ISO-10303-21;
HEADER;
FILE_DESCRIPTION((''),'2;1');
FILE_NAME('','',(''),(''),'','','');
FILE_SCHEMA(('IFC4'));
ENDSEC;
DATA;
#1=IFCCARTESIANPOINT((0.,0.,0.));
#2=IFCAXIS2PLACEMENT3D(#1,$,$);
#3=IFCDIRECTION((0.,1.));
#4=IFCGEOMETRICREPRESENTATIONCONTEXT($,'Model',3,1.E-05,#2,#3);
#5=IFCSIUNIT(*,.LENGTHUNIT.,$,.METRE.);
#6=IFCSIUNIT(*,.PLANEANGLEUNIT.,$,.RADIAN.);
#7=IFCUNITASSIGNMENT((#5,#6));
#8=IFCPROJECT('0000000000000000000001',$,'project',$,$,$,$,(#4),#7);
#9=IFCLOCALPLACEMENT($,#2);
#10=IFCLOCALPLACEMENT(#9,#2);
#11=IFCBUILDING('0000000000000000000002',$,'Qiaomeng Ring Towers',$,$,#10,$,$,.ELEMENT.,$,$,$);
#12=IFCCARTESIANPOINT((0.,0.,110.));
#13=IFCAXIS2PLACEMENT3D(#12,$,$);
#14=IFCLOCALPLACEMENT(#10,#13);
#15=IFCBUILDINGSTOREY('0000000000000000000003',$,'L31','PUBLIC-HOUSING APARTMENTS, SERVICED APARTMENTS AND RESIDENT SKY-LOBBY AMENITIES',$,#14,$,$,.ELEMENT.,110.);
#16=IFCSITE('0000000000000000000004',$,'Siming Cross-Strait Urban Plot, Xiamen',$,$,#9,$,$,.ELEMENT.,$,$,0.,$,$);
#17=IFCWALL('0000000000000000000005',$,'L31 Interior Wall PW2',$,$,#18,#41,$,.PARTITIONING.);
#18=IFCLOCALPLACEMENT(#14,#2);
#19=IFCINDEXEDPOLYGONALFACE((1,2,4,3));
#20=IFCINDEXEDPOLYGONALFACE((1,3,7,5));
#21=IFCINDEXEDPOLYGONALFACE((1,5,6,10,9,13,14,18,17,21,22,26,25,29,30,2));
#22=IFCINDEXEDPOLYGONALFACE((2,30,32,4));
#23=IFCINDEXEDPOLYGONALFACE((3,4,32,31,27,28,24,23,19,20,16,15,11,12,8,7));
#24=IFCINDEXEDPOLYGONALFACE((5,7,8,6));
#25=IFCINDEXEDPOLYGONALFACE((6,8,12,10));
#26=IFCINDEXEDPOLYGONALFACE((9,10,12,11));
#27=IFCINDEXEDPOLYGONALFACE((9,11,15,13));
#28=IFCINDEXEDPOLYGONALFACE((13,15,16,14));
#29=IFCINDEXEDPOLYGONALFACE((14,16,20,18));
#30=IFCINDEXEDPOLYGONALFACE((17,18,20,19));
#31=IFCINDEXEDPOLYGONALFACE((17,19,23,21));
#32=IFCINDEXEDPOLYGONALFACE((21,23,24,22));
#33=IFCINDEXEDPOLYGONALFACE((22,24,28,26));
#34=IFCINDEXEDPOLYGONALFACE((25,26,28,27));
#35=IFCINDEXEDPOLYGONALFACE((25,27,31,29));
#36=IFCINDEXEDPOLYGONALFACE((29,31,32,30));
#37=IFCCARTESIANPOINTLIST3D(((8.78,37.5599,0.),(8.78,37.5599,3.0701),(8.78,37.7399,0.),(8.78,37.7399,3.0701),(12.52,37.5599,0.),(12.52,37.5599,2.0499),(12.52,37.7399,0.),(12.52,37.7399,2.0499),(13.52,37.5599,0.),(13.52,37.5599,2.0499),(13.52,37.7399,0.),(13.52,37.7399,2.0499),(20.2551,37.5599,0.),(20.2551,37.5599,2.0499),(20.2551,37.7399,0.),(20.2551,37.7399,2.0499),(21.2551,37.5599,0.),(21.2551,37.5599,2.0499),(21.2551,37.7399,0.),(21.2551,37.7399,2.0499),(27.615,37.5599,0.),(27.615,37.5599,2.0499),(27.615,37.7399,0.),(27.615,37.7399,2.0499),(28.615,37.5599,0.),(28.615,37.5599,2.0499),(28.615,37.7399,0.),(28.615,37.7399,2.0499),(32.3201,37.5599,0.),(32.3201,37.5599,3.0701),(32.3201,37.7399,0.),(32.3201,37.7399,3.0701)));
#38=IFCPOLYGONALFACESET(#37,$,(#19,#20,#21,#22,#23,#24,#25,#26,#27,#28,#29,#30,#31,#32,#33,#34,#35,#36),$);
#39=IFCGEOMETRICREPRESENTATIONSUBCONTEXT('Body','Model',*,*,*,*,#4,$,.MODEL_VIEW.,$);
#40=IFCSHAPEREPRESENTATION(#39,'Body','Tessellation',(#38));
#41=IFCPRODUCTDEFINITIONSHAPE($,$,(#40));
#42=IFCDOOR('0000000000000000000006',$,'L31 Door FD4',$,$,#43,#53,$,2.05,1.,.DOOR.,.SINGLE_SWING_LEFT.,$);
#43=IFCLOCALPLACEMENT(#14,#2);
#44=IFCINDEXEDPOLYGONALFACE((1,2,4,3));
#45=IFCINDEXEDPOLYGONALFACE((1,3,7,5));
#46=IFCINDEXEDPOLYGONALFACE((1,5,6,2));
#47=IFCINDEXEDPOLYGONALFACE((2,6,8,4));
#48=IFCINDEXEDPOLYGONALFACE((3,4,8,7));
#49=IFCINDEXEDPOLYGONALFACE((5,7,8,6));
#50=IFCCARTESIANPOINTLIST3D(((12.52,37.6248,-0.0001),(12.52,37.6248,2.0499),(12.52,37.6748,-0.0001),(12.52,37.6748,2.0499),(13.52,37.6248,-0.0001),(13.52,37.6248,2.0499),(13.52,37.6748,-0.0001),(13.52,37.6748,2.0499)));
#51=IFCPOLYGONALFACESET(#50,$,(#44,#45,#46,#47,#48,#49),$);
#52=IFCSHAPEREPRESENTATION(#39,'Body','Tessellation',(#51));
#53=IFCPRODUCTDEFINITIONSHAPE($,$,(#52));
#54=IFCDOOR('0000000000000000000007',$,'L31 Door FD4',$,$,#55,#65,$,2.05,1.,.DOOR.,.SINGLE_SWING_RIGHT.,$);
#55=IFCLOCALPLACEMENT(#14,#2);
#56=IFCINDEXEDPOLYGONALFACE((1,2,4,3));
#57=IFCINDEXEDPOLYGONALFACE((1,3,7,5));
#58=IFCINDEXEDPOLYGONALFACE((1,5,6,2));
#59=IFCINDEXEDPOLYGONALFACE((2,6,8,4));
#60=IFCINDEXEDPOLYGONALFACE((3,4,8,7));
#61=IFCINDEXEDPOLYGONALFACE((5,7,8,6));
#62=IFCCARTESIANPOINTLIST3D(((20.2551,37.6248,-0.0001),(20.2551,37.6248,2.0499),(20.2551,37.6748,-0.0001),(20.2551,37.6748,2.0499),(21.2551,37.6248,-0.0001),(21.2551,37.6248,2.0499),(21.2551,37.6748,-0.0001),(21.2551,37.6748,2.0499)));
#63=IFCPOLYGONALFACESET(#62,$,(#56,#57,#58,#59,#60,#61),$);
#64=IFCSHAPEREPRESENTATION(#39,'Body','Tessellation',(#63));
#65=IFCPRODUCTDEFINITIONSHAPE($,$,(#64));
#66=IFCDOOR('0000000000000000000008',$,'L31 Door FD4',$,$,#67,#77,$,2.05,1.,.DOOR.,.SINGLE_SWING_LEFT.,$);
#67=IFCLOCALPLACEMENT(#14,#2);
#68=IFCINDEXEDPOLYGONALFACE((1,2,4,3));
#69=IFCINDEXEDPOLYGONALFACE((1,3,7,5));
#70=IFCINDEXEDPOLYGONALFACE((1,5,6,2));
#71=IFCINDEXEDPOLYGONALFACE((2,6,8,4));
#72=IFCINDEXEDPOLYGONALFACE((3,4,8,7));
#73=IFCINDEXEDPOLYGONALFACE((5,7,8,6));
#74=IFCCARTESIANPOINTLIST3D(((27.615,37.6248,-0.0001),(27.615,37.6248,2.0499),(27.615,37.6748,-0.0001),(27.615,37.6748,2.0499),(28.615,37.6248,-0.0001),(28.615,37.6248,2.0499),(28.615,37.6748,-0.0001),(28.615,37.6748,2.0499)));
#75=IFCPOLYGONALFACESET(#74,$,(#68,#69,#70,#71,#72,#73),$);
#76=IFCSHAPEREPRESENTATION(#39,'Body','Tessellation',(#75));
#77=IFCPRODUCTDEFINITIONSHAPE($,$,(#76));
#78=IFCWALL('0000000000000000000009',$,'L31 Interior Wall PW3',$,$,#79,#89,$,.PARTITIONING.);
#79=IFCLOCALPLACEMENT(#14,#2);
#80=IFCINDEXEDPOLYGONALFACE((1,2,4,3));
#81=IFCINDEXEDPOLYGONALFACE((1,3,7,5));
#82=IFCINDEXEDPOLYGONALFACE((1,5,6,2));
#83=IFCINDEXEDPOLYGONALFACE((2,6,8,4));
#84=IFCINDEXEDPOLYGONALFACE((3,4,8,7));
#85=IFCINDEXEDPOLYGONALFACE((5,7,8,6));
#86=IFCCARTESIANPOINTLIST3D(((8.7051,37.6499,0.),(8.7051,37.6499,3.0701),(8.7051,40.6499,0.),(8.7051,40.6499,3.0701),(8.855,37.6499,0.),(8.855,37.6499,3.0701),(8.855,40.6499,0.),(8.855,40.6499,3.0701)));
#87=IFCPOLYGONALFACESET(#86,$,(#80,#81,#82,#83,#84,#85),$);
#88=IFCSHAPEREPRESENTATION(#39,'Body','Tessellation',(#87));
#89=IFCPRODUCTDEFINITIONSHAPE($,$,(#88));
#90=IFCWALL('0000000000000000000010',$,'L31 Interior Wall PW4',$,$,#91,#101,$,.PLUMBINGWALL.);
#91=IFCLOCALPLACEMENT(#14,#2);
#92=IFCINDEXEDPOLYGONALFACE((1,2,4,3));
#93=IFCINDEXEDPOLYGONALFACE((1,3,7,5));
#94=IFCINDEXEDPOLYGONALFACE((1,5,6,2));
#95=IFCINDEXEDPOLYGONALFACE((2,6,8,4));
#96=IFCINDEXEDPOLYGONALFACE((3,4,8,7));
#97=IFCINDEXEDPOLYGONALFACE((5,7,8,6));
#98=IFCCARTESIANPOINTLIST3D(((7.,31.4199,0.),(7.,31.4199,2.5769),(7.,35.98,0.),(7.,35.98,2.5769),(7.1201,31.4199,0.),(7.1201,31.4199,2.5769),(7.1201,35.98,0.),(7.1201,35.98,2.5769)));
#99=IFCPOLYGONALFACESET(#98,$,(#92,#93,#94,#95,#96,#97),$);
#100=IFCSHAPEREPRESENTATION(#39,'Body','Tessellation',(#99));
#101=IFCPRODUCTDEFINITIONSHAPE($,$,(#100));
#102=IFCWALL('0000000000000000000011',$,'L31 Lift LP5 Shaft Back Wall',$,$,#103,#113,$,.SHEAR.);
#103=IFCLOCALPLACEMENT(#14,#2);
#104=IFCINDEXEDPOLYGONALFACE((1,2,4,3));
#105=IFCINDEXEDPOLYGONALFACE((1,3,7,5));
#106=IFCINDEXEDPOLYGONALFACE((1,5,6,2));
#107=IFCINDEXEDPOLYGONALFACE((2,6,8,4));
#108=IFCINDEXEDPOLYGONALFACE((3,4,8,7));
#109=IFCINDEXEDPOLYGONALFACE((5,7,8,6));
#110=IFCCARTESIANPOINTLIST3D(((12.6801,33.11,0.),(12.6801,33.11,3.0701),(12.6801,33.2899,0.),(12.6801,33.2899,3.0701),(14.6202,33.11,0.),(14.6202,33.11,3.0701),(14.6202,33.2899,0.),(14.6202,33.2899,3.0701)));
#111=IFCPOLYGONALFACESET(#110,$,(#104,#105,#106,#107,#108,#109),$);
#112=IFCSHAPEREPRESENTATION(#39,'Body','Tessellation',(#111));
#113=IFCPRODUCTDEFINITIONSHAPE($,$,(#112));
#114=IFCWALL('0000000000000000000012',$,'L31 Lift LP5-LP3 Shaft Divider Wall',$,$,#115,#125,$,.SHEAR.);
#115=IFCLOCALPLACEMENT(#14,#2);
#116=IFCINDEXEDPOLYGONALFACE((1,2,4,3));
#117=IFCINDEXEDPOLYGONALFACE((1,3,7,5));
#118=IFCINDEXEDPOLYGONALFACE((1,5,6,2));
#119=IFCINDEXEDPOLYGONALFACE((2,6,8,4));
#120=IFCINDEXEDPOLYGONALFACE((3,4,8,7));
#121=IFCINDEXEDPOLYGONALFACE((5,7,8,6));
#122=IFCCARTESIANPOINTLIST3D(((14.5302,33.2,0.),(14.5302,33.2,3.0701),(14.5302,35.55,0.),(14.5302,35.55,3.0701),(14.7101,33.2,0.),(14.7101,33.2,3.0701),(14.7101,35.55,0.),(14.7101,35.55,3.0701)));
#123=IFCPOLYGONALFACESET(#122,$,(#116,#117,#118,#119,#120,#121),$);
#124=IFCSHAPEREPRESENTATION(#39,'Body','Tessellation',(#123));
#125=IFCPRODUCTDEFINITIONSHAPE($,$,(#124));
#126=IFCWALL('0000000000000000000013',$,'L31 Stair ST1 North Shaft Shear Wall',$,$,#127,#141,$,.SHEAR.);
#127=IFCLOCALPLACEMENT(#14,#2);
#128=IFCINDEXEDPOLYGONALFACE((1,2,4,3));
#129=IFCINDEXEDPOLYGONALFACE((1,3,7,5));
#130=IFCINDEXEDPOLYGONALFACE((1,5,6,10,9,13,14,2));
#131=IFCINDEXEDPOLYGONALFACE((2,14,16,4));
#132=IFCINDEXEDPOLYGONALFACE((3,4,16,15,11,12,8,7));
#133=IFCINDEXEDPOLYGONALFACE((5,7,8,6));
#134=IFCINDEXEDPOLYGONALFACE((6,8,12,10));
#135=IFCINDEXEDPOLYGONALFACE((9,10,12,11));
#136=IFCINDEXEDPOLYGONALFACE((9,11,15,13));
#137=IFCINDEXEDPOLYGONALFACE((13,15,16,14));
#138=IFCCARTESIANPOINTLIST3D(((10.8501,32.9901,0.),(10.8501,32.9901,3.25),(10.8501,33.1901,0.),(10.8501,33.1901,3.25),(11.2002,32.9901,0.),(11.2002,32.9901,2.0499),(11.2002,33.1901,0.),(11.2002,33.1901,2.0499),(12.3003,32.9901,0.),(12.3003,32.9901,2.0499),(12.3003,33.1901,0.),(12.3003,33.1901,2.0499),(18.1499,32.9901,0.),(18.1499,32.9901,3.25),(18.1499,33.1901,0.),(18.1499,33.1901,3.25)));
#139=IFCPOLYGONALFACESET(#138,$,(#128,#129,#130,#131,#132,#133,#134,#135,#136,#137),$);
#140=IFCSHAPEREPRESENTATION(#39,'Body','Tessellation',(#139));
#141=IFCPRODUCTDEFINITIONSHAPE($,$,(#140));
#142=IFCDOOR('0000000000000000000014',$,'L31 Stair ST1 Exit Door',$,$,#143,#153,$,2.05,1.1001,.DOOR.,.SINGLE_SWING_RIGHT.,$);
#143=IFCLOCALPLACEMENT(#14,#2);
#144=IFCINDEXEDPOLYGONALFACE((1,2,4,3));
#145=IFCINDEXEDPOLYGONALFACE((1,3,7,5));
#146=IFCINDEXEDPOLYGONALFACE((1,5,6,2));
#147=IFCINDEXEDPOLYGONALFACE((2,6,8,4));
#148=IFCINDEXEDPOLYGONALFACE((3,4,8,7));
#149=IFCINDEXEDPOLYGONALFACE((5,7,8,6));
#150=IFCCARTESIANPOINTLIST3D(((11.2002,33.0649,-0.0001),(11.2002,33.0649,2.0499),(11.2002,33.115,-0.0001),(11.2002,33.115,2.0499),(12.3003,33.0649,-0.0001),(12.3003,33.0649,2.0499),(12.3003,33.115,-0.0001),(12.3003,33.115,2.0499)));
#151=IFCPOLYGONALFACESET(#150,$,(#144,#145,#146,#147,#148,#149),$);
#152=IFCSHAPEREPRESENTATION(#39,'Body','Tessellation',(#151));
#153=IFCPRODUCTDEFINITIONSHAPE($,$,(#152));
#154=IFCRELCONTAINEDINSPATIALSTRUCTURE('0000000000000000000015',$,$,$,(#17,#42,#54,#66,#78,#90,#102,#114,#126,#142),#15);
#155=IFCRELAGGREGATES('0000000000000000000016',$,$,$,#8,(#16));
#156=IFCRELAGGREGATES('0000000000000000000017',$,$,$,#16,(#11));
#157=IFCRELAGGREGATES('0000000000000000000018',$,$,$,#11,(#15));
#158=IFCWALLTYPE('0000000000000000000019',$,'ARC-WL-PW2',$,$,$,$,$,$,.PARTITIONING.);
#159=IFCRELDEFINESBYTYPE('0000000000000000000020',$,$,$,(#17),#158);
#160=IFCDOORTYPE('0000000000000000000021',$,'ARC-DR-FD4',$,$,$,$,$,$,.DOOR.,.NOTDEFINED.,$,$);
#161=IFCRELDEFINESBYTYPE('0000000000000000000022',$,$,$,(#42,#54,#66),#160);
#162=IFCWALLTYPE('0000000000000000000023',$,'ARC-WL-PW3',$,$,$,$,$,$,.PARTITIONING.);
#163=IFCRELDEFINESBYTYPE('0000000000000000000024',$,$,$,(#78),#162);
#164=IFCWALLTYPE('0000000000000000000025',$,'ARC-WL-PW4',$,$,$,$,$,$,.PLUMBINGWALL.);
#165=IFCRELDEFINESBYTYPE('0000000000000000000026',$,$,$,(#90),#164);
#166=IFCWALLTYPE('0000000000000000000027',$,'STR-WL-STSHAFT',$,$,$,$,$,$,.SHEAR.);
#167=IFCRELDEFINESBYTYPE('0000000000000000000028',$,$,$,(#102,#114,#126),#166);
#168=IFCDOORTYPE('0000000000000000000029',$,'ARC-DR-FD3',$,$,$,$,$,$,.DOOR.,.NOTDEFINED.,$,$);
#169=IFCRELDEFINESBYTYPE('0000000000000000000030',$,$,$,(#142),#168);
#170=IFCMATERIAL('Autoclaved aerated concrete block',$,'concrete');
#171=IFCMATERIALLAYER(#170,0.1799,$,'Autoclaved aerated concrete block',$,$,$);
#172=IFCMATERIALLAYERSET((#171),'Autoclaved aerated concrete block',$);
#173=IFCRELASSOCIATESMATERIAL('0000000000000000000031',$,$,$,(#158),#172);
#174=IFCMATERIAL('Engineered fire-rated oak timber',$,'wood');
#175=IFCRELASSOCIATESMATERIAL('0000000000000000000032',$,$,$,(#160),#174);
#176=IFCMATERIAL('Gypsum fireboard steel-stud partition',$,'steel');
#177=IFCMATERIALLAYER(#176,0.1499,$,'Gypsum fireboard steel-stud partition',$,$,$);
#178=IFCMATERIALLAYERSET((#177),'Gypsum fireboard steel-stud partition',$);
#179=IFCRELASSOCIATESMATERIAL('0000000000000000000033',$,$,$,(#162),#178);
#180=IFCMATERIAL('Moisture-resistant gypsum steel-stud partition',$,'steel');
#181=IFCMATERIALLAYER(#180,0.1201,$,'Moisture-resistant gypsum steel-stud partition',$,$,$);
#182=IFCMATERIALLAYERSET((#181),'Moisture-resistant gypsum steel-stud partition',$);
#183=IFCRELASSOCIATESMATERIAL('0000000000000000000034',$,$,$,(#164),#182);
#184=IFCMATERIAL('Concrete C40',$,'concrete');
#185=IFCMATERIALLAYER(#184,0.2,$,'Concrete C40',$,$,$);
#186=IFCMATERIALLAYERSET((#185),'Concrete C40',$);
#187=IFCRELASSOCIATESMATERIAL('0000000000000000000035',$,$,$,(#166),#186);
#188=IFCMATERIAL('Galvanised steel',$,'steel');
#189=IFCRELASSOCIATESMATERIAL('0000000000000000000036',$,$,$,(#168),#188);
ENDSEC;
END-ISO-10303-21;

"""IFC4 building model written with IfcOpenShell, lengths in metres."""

from ifc_helpers import new_model, si_unit, direction, frame, frame_2d, origin, place, context, subcontext, project, spatial, rectangle, extrude, source, transform, mapped, material, layer, layer_set, type_object, element, fill, save


model = new_model("IFC4")

# Units and contexts
model_context = context("Model", 3, precision=1e-05, world=origin(), true_north=direction((0.0, 1.0)))
body_context = subcontext(model_context, "Body", "Model", "MODEL_VIEW")
ifc_project = project(units=[si_unit("LENGTHUNIT", "METRE"), si_unit("PLANEANGLEUNIT", "RADIAN")], contexts=[model_context])

# Site, building, storey
site_placement = place(None, origin())
site = spatial("IfcSite", under=ifc_project, at=site_placement, Name="Siming Cross-Strait Urban Plot, Xiamen", CompositionType="ELEMENT", RefElevation=0.0)
building_placement = place(site_placement, origin())
building = spatial("IfcBuilding", under=site, at=building_placement, Name="Qiaomeng Ring Towers", CompositionType="ELEMENT")
storey_placement = place(building_placement, frame((0.0, 0.0, 110.0)))
storey = spatial("IfcBuildingStorey", under=building, at=storey_placement, Name="L31", Description="PUBLIC-HOUSING APARTMENTS, SERVICED APARTMENTS AND RESIDENT SKY-LOBBY AMENITIES", CompositionType="ELEMENT", Elevation=110.0)

# Shared definitions
ifc_material_1 = material(Name="Autoclaved aerated concrete block", Category="concrete")

# Wall, openings, doors
ifc_layer_1 = layer(ifc_material_1, 0.1799, Name="Autoclaved aerated concrete block")
ifc_layer_set_1 = layer_set([ifc_layer_1], Name="Autoclaved aerated concrete block")
wall_type_1 = type_object("IfcWallType", Name="ARC-WL-PW2", PredefinedType="PARTITIONING", material=ifc_layer_set_1)
wall_1_placement = place(storey_placement, frame((8.78, 37.6499, 0.0), z_axis=(0.0, 0.0, 1.0), x_axis=(1.0, 0.0, 0.0)))
wall_1 = element("IfcWall", 1, at=wall_1_placement, inside=storey, type_object=wall_type_1, Name="L31 Interior Wall PW2", PredefinedType="PARTITIONING", context=body_context, shape_type="SweptSolid", body=[
    extrude(rectangle(XDim=23.54, YDim=0.1799, at=frame_2d((11.77, 0.0))), origin(), (0.0, 0.0, 1.0), 3.0701),
])
opening_1_placement = place(wall_1_placement, frame((3.74, 0.0, 0.0)))
opening_1 = element("IfcOpeningElement", 2, at=opening_1_placement, cuts=wall_1, PredefinedType="OPENING", context=body_context, shape_type="SweptSolid", body=[
    extrude(rectangle(XDim=1.0, YDim=2.05, at=frame_2d((0.5, 1.0249))), frame((0.0, 0.0999, 0.0), z_axis=(0.0, -1.0, 0.0), x_axis=(1.0, 0.0, 0.0)), (0.0, 0.0, 1.0), 0.2),
])
opening_2_placement = place(wall_1_placement, frame((11.4751, 0.0, 0.0)))
opening_2 = element("IfcOpeningElement", 3, at=opening_2_placement, cuts=wall_1, PredefinedType="OPENING", context=body_context, shape_type="SweptSolid", body=[
    extrude(rectangle(XDim=1.0, YDim=2.05, at=frame_2d((0.5, 1.0249))), frame((0.0, 0.0999, 0.0), z_axis=(0.0, -1.0, 0.0), x_axis=(1.0, 0.0, 0.0)), (0.0, 0.0, 1.0), 0.2),
])
opening_3_placement = place(wall_1_placement, frame((18.835, 0.0, 0.0)))
opening_3 = element("IfcOpeningElement", 4, at=opening_3_placement, cuts=wall_1, PredefinedType="OPENING", context=body_context, shape_type="SweptSolid", body=[
    extrude(rectangle(XDim=1.0, YDim=2.05, at=frame_2d((0.5, 1.0249))), frame((0.0, 0.0999, 0.0), z_axis=(0.0, -1.0, 0.0), x_axis=(1.0, 0.0, 0.0)), (0.0, 0.0, 1.0), 0.2),
])
ifc_material_2 = material(Name="Engineered fire-rated oak timber", Category="wood")
door_type_1 = type_object("IfcDoorType", Name="ARC-DR-FD4", OperationType="NOTDEFINED", PredefinedType="DOOR", material=ifc_material_2)
shared_shape_1 = source(origin(), body_context, "Body", "SweptSolid", [
    extrude(rectangle(XDim=1.0, YDim=2.05, at=frame_2d((0.5, 1.0249))), frame((0.0, 0.0249, 0.0), z_axis=(0.0, -1.0, 0.0), x_axis=(1.0, 0.0, 0.0)), (0.0, 0.0, 1.0), 0.05),
])
door_1_placement = place(opening_1_placement, origin())
door_1 = element("IfcDoor", 5, at=door_1_placement, inside=storey, type_object=door_type_1, Name="L31 Door FD4", OperationType="SINGLE_SWING_LEFT", OverallHeight=2.05, OverallWidth=1.0, PredefinedType="DOOR", context=body_context, shape_type="MappedRepresentation", body=[
    mapped(shared_shape_1, transform((0.0, 0.0, 0.0), x_axis=(1.0, 0.0, 0.0), y_axis=(0.0, 1.0, 0.0), z_axis=(0.0, 0.0, 1.0), scale=1.0)),
])
fill(opening_1, door_1)
door_2_placement = place(opening_2_placement, origin())
door_2 = element("IfcDoor", 6, at=door_2_placement, inside=storey, type_object=door_type_1, Name="L31 Door FD4", OperationType="SINGLE_SWING_RIGHT", OverallHeight=2.05, OverallWidth=1.0, PredefinedType="DOOR", context=body_context, shape_type="MappedRepresentation", body=[
    mapped(shared_shape_1, transform((0.0, 0.0, 0.0), x_axis=(1.0, 0.0, 0.0), y_axis=(0.0, 1.0, 0.0), z_axis=(0.0, 0.0, 1.0), scale=1.0)),
])
fill(opening_2, door_2)
door_3_placement = place(opening_3_placement, origin())
door_3 = element("IfcDoor", 7, at=door_3_placement, inside=storey, type_object=door_type_1, Name="L31 Door FD4", OperationType="SINGLE_SWING_LEFT", OverallHeight=2.05, OverallWidth=1.0, PredefinedType="DOOR", context=body_context, shape_type="MappedRepresentation", body=[
    mapped(shared_shape_1, transform((0.0, 0.0, 0.0), x_axis=(1.0, 0.0, 0.0), y_axis=(0.0, 1.0, 0.0), z_axis=(0.0, 0.0, 1.0), scale=1.0)),
])
fill(opening_3, door_3)

# Walls
ifc_material_3 = material(Name="Gypsum fireboard steel-stud partition", Category="steel")
ifc_layer_2 = layer(ifc_material_3, 0.1499, Name="Gypsum fireboard steel-stud partition")
ifc_layer_set_2 = layer_set([ifc_layer_2], Name="Gypsum fireboard steel-stud partition")
wall_type_2 = type_object("IfcWallType", Name="ARC-WL-PW3", PredefinedType="PARTITIONING", material=ifc_layer_set_2)
wall_2_placement = place(storey_placement, frame((8.78, 37.6499, 0.0), z_axis=(0.0, 0.0, 1.0), x_axis=(0.0, 1.0, 0.0)))
element("IfcWall", 8, at=wall_2_placement, inside=storey, type_object=wall_type_2, Name="L31 Interior Wall PW3", PredefinedType="PARTITIONING", context=body_context, shape_type="SweptSolid", body=[
    extrude(rectangle(XDim=3.0, YDim=0.1499, at=frame_2d((1.5, 0.0))), origin(), (0.0, 0.0, 1.0), 3.0701),
])
ifc_material_4 = material(Name="Moisture-resistant gypsum steel-stud partition", Category="steel")
ifc_layer_3 = layer(ifc_material_4, 0.1201, Name="Moisture-resistant gypsum steel-stud partition")
ifc_layer_set_3 = layer_set([ifc_layer_3], Name="Moisture-resistant gypsum steel-stud partition")
wall_type_3 = type_object("IfcWallType", Name="ARC-WL-PW4", PredefinedType="PLUMBINGWALL", material=ifc_layer_set_3)
wall_3_placement = place(storey_placement, frame((7.0601, 31.4199, 0.0), z_axis=(0.0, 0.0, 1.0), x_axis=(0.0, 1.0, 0.0)))
element("IfcWall", 9, at=wall_3_placement, inside=storey, type_object=wall_type_3, Name="L31 Interior Wall PW4", PredefinedType="PLUMBINGWALL", context=body_context, shape_type="SweptSolid", body=[
    extrude(rectangle(XDim=4.5601, YDim=0.1201, at=frame_2d((2.28, 0.0))), origin(), (0.0, 0.0, 1.0), 2.5769),
])
ifc_material_5 = material(Name="Concrete C40", Category="concrete")
ifc_layer_4 = layer(ifc_material_5, 0.2, Name="Concrete C40")
ifc_layer_set_4 = layer_set([ifc_layer_4], Name="Concrete C40")
wall_type_4 = type_object("IfcWallType", Name="STR-WL-STSHAFT", PredefinedType="SHEAR", material=ifc_layer_set_4)
wall_4_placement = place(storey_placement, frame((12.6799, 33.2, 0.0), z_axis=(0.0, 0.0, 1.0), x_axis=(1.0, 0.0, 0.0)))
element("IfcWall", 10, at=wall_4_placement, inside=storey, type_object=wall_type_4, Name="L31 Lift LP5 Shaft Back Wall", PredefinedType="SHEAR", context=body_context, shape_type="SweptSolid", body=[
    extrude(rectangle(XDim=1.9402, YDim=0.1799, at=frame_2d((0.9702, 0.0))), origin(), (0.0, 0.0, 1.0), 3.0701),
])
wall_5_placement = place(storey_placement, frame((14.6201, 33.2, 0.0), z_axis=(0.0, 0.0, 1.0), x_axis=(0.0, 1.0, 0.0)))
element("IfcWall", 11, at=wall_5_placement, inside=storey, type_object=wall_type_4, Name="L31 Lift LP5-LP3 Shaft Divider Wall", PredefinedType="SHEAR", context=body_context, shape_type="SweptSolid", body=[
    extrude(rectangle(XDim=2.3501, YDim=0.1799, at=frame_2d((1.175, 0.0))), origin(), (0.0, 0.0, 1.0), 3.0701),
])

# Wall, opening, door
wall_6_placement = place(storey_placement, frame((10.8501, 33.0901, 0.0), z_axis=(0.0, 0.0, 1.0), x_axis=(1.0, 0.0, 0.0)))
wall_6 = element("IfcWall", 12, at=wall_6_placement, inside=storey, type_object=wall_type_4, Name="L31 Stair ST1 North Shaft Shear Wall", PredefinedType="SHEAR", context=body_context, shape_type="SweptSolid", body=[
    extrude(rectangle(XDim=7.2998, YDim=0.2, at=frame_2d((3.6499, 0.0))), origin(), (0.0, 0.0, 1.0), 3.25),
])
opening_4_placement = place(wall_6_placement, frame((0.3501, 0.0, 0.0)))
opening_4 = element("IfcOpeningElement", 13, at=opening_4_placement, cuts=wall_6, PredefinedType="OPENING", context=body_context, shape_type="SweptSolid", body=[
    extrude(rectangle(XDim=1.1001, YDim=2.05, at=frame_2d((0.55, 1.0249))), frame((0.0, 0.1099, 0.0), z_axis=(0.0, -1.0, 0.0), x_axis=(1.0, 0.0, 0.0)), (0.0, 0.0, 1.0), 0.22),
])
ifc_material_6 = material(Name="Galvanised steel", Category="steel")
door_type_2 = type_object("IfcDoorType", Name="ARC-DR-FD3", OperationType="NOTDEFINED", PredefinedType="DOOR", material=ifc_material_6)
shared_shape_2 = source(origin(), body_context, "Body", "SweptSolid", [
    extrude(rectangle(XDim=1.1001, YDim=2.05, at=frame_2d((0.55, 1.0249))), frame((0.0, 0.0249, 0.0), z_axis=(0.0, -1.0, 0.0), x_axis=(1.0, 0.0, 0.0)), (0.0, 0.0, 1.0), 0.05),
])
door_4_placement = place(opening_4_placement, origin())
door_4 = element("IfcDoor", 14, at=door_4_placement, inside=storey, type_object=door_type_2, Name="L31 Stair ST1 Exit Door", OperationType="SINGLE_SWING_RIGHT", OverallHeight=2.05, OverallWidth=1.1001, PredefinedType="DOOR", context=body_context, shape_type="MappedRepresentation", body=[
    mapped(shared_shape_2, transform((0.0, 0.0, 0.0), x_axis=(1.0, 0.0, 0.0), y_axis=(0.0, 1.0, 0.0), z_axis=(0.0, 0.0, 1.0), scale=1.0)),
])
fill(opening_4, door_4)

save(model, "model.ifc")
